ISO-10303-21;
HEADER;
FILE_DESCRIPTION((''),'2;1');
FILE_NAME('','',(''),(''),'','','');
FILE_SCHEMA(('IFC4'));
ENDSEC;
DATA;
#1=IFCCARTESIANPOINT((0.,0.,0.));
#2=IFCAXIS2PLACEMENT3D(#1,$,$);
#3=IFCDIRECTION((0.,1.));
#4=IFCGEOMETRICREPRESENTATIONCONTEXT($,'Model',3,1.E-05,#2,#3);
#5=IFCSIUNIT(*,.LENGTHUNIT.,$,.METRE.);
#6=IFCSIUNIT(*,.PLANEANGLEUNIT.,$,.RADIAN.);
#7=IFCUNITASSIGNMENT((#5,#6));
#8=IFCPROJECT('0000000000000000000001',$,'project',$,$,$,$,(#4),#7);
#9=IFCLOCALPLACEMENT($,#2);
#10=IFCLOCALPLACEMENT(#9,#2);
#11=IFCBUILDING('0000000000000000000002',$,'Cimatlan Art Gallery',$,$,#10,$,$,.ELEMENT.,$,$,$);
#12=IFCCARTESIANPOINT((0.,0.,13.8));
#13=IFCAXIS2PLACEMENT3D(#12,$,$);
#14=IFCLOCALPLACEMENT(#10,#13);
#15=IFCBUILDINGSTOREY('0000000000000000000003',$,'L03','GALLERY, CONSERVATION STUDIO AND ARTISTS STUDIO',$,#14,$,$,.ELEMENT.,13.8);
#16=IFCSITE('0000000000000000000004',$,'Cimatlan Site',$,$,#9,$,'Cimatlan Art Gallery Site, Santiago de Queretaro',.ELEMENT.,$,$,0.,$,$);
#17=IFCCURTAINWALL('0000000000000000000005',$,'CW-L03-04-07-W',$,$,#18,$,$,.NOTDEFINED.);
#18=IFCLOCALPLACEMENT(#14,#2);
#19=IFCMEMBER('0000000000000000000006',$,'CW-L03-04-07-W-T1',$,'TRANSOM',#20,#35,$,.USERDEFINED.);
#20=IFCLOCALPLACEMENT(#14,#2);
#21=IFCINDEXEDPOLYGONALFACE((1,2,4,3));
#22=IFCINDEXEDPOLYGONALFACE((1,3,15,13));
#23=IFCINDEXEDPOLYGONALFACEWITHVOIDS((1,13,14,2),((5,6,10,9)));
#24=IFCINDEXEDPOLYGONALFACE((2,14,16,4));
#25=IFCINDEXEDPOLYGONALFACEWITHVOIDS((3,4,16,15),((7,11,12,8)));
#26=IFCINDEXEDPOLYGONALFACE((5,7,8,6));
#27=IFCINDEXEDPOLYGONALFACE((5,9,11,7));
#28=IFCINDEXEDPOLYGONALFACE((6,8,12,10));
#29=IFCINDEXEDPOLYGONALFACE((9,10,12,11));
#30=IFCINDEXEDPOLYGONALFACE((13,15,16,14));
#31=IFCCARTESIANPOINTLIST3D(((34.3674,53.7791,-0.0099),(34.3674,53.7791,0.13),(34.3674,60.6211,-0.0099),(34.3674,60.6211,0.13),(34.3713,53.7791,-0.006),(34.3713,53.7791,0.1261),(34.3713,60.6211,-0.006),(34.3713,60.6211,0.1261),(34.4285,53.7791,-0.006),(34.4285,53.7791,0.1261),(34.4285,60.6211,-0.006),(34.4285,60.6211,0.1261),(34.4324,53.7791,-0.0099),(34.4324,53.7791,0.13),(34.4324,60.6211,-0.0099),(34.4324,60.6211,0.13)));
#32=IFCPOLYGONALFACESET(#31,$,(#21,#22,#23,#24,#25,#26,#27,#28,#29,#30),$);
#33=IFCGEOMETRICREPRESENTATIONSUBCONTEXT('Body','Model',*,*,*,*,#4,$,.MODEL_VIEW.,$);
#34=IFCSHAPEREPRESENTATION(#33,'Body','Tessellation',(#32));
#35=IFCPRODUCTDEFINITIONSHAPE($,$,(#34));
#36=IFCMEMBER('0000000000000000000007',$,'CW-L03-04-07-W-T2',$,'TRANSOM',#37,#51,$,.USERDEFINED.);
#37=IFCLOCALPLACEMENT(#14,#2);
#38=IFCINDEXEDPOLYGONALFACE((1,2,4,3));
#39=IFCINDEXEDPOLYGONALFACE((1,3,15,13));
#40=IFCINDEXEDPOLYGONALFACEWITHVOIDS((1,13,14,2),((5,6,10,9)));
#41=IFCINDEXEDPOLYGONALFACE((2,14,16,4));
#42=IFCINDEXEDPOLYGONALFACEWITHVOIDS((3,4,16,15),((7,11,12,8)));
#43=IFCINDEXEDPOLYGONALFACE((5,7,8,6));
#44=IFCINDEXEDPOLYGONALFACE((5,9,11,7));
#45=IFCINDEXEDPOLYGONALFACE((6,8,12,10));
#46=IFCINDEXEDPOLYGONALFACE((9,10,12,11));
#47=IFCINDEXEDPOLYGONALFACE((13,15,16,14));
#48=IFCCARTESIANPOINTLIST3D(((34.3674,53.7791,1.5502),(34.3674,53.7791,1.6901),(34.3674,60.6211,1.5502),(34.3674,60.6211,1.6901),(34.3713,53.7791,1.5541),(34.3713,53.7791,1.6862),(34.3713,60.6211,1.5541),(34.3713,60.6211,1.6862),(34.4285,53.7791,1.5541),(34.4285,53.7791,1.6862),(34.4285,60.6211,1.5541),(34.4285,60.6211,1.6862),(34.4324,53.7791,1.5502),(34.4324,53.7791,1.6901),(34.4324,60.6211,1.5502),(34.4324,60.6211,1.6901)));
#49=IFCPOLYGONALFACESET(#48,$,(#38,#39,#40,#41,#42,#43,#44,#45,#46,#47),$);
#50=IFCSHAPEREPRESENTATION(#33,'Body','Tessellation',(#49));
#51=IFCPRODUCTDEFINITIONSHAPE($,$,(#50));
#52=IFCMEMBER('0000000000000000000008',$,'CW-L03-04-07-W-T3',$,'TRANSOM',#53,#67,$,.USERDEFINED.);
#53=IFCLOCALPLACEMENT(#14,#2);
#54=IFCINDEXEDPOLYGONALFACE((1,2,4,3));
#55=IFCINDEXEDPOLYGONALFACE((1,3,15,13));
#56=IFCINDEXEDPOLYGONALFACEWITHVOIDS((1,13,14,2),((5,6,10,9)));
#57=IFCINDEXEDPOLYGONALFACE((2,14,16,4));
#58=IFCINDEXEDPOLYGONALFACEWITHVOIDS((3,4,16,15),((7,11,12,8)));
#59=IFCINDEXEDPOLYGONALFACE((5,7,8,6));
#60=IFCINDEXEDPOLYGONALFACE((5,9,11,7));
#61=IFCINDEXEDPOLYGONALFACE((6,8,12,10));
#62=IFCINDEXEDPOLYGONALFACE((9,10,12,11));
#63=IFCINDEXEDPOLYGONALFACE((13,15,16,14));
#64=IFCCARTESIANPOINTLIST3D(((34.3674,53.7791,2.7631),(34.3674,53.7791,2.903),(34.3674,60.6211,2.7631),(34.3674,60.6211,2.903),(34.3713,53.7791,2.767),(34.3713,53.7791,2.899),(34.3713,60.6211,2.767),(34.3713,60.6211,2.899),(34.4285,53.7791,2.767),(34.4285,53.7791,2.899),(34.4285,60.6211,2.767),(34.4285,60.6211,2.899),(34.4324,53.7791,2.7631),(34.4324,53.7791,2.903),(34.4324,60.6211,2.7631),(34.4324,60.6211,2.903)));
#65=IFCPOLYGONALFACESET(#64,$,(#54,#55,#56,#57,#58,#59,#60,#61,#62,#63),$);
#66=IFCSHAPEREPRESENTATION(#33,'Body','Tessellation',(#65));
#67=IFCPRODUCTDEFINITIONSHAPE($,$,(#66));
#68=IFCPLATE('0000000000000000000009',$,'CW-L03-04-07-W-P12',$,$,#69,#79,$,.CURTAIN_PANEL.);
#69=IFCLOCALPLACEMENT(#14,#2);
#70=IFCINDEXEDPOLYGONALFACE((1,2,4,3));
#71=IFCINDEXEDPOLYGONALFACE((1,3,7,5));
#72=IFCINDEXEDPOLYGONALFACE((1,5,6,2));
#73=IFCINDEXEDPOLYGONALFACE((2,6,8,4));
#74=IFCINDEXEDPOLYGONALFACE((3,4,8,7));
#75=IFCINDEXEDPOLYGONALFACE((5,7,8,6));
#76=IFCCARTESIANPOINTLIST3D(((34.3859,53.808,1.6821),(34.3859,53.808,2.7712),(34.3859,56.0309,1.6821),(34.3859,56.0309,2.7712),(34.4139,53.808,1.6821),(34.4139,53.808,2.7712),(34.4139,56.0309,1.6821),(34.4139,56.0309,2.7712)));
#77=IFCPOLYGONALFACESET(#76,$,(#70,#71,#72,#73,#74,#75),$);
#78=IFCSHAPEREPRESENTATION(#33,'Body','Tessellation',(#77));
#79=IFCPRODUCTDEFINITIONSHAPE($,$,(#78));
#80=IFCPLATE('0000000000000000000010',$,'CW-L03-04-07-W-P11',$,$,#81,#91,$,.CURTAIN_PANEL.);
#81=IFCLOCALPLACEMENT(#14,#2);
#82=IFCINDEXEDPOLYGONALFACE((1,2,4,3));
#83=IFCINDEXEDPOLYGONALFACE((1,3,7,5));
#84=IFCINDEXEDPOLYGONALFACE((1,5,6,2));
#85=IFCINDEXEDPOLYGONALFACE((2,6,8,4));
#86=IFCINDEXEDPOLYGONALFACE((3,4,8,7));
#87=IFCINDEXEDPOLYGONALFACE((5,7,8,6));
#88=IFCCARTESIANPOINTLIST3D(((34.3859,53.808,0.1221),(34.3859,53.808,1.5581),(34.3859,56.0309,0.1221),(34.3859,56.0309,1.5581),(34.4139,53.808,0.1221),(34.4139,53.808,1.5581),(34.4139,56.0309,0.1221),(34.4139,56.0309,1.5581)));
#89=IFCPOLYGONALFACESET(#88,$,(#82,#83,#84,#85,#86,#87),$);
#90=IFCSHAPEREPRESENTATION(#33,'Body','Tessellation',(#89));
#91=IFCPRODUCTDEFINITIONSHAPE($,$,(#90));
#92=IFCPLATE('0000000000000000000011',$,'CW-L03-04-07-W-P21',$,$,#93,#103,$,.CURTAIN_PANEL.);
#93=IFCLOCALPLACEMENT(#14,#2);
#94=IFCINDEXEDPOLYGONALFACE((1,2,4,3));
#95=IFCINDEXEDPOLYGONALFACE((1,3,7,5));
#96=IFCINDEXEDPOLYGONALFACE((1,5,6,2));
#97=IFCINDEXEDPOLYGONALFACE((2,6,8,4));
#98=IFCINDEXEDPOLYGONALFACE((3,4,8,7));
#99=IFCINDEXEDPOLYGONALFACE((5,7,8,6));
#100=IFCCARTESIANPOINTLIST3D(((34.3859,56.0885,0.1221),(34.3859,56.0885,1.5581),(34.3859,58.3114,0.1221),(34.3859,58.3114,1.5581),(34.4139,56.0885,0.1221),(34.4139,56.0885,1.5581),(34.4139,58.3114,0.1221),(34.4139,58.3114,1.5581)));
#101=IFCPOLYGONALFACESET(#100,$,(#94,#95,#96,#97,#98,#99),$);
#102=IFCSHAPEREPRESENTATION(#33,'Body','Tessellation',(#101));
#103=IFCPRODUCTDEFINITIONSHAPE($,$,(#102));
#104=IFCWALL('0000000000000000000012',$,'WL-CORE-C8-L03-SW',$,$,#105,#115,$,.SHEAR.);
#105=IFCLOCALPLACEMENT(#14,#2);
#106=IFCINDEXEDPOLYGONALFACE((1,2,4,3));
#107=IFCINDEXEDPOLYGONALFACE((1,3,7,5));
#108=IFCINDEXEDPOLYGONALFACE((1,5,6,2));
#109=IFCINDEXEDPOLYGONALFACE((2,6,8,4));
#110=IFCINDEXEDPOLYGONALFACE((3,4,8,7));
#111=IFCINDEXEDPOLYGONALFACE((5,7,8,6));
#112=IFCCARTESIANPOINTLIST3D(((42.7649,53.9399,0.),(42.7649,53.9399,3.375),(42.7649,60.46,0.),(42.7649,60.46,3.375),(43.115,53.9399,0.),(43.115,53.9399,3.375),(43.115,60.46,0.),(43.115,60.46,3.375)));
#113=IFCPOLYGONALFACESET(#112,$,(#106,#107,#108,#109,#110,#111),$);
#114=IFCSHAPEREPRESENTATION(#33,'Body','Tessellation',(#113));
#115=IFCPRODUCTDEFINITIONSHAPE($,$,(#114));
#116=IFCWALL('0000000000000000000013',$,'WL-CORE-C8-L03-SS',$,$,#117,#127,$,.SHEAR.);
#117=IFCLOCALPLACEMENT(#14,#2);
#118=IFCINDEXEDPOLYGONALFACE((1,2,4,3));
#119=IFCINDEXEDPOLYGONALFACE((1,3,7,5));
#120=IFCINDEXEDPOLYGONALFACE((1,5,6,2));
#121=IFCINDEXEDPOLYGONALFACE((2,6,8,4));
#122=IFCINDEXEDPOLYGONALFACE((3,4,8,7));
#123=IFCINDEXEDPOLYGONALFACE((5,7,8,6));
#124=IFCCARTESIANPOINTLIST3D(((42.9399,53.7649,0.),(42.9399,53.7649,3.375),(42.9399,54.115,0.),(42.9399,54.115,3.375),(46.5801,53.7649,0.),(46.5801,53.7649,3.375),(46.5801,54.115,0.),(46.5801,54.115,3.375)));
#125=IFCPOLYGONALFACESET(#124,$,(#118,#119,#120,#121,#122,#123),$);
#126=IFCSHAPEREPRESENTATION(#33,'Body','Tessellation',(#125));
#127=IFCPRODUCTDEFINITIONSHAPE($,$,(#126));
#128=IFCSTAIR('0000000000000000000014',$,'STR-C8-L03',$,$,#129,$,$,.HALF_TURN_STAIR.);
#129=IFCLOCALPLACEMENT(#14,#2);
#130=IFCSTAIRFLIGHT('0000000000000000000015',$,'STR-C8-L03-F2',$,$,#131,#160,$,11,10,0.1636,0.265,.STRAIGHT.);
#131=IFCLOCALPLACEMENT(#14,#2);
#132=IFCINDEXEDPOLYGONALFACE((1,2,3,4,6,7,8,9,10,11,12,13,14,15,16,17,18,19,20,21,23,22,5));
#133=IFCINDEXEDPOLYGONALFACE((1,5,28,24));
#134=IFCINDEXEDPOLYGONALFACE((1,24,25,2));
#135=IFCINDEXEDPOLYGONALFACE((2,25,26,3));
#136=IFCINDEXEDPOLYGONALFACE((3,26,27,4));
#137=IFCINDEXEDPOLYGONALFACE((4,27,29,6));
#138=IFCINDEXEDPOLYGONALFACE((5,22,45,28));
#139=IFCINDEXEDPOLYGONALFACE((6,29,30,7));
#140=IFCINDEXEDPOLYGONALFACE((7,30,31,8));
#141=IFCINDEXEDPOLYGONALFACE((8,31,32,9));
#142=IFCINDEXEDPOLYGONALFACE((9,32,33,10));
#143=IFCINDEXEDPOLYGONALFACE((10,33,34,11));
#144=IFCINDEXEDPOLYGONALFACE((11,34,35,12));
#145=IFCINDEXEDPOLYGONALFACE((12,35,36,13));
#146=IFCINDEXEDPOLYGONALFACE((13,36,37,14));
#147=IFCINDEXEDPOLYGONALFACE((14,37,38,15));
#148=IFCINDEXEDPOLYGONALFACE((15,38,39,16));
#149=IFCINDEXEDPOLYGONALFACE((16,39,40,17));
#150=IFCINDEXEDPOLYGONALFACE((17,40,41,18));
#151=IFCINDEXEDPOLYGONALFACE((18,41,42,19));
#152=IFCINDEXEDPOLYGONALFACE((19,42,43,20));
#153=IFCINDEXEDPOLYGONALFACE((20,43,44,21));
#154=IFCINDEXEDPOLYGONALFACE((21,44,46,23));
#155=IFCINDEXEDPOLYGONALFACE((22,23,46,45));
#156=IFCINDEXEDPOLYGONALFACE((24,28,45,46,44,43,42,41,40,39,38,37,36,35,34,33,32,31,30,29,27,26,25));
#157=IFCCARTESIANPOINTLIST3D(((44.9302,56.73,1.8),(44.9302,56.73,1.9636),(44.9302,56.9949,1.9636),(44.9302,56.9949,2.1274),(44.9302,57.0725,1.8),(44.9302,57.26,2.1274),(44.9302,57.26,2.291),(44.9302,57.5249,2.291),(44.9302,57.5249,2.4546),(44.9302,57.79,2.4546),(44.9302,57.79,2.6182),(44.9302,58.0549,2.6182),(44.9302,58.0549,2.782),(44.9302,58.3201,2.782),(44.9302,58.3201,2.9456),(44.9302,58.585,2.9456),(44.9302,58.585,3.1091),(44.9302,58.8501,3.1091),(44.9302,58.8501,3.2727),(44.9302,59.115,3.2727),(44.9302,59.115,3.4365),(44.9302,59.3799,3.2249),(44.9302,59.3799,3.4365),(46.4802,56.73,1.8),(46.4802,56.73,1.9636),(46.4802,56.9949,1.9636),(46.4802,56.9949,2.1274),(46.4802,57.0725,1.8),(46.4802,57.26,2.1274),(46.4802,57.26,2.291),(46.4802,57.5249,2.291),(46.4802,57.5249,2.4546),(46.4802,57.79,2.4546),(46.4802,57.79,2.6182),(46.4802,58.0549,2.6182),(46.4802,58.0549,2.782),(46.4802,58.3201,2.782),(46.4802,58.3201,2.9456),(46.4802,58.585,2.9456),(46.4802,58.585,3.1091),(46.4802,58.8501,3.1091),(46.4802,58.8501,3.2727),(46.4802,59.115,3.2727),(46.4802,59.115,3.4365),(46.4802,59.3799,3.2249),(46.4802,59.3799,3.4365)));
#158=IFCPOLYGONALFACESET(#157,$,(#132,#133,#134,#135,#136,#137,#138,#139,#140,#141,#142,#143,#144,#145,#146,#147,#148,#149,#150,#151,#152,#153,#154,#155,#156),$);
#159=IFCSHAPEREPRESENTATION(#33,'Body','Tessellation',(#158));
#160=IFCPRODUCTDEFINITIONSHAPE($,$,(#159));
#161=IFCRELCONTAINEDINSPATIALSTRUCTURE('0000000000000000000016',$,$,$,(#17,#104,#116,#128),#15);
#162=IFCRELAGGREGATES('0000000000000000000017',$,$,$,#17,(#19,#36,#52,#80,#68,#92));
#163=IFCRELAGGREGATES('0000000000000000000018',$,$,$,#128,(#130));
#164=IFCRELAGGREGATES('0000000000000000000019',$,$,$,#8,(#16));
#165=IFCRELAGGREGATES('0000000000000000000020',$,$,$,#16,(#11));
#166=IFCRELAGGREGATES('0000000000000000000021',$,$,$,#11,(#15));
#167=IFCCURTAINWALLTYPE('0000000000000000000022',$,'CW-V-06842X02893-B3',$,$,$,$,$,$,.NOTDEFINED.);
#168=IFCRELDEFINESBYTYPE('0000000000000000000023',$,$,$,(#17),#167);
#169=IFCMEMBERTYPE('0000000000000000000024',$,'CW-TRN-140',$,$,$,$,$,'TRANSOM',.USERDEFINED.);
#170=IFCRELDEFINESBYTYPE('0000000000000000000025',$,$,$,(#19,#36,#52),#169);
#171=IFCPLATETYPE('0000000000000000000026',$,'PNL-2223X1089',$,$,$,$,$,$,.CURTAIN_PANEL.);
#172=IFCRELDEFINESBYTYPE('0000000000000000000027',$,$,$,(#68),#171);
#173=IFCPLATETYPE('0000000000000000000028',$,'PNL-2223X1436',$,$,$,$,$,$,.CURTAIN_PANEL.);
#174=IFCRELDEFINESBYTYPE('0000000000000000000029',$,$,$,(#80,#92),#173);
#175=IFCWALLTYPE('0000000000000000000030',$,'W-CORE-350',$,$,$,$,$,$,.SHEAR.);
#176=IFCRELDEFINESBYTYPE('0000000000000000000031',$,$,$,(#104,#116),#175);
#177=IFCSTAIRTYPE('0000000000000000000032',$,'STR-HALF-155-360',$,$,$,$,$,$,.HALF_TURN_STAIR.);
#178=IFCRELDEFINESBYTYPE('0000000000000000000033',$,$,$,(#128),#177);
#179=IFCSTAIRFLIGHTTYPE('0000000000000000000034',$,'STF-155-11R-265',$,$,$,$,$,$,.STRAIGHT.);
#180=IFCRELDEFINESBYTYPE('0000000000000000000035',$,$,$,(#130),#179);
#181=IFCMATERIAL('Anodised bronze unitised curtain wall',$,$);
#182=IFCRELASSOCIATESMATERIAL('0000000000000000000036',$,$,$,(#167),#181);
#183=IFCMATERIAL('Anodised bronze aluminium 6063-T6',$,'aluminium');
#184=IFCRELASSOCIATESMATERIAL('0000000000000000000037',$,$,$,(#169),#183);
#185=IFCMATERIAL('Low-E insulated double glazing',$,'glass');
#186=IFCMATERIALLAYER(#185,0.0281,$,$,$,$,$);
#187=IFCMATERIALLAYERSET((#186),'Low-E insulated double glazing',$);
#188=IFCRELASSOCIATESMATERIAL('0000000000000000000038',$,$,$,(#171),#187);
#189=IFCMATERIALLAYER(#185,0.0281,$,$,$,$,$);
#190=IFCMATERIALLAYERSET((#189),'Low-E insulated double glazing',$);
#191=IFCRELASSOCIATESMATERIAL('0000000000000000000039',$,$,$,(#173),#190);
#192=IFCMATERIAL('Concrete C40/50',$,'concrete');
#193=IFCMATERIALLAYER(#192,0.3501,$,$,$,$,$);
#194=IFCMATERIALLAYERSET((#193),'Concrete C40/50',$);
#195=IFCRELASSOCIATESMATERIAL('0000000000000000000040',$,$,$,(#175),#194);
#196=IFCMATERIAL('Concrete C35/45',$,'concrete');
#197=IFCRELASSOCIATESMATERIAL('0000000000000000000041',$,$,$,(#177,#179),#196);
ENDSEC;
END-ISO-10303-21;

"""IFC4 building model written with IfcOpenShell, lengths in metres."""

from ifc_helpers import new_model, si_unit, direction, frame, frame_2d, origin, origin_2d, place, context, subcontext, project, spatial, polyline, rectangle, hollow_rectangle, outline, extrude, material, layer, layer_set, material_profile, profile_set, type_object, element, aggregate, save


model = new_model("IFC4")

# Units and contexts
model_context = context("Model", 3, precision=1e-05, world=origin(), true_north=direction((0.0, 1.0)))
body_context = subcontext(model_context, "Body", "Model", "MODEL_VIEW")
ifc_project = project(units=[si_unit("LENGTHUNIT", "METRE"), si_unit("PLANEANGLEUNIT", "RADIAN")], contexts=[model_context])

# Site, building, storey
site_placement = place(None, origin())
site = spatial("IfcSite", under=ifc_project, at=site_placement, Name="Cimatlan Site", LongName="Cimatlan Art Gallery Site, Santiago de Queretaro", CompositionType="ELEMENT", RefElevation=0.0)
building_placement = place(site_placement, origin())
building = spatial("IfcBuilding", under=site, at=building_placement, Name="Cimatlan Art Gallery", CompositionType="ELEMENT")
storey_placement = place(building_placement, frame((0.0, 0.0, 13.8)))
storey = spatial("IfcBuildingStorey", under=building, at=storey_placement, Name="L03", Description="GALLERY, CONSERVATION STUDIO AND ARTISTS STUDIO", CompositionType="ELEMENT", Elevation=13.8)

# Curtain wall, members, plates
ifc_material_1 = material(Name="Anodised bronze unitised curtain wall")
curtain_wall_type = type_object("IfcCurtainWallType", Name="CW-V-06842X02893-B3", PredefinedType="NOTDEFINED", material=ifc_material_1)
curtain_wall_placement = place(storey_placement, origin())
curtain_wall = element("IfcCurtainWall", 1, at=curtain_wall_placement, inside=storey, type_object=curtain_wall_type, Name="CW-L03-04-07-W", PredefinedType="NOTDEFINED")
ifc_material_2 = material(Name="Anodised bronze aluminium 6063-T6", Category="aluminium")
ifc_material_profile_1 = material_profile(ifc_material_2, hollow_rectangle(XDim=0.0649, YDim=0.1399, WallThickness=0.0039, at=origin_2d()), Name="ALU65X140X4")
ifc_profile_set_1 = profile_set([ifc_material_profile_1], Name="Anodised bronze aluminium 6063-T6")
member_type_1 = type_object("IfcMemberType", Name="CW-TRN-140", ElementType="TRANSOM", PredefinedType="USERDEFINED", material=ifc_profile_set_1)
member_1_placement = place(storey_placement, frame((34.3999, 53.7791, 0.0601), z_axis=(0.0, 1.0, 0.0), x_axis=(-1.0, 0.0, 0.0)))
member_1 = element("IfcMember", 2, at=member_1_placement, type_object=member_type_1, Name="CW-L03-04-07-W-T1", ObjectType="TRANSOM", PredefinedType="USERDEFINED", context=body_context, shape_type="SweptSolid", body=[
    extrude(hollow_rectangle(XDim=0.0649, YDim=0.1399, WallThickness=0.0039, at=origin_2d()), origin(), (0.0, 0.0, 1.0), 6.842),
])
member_2_placement = place(storey_placement, frame((34.3999, 53.7791, 1.6201), z_axis=(0.0, 1.0, 0.0), x_axis=(-1.0, 0.0, 0.0)))
member_2 = element("IfcMember", 3, at=member_2_placement, type_object=member_type_1, Name="CW-L03-04-07-W-T2", ObjectType="TRANSOM", PredefinedType="USERDEFINED", context=body_context, shape_type="SweptSolid", body=[
    extrude(hollow_rectangle(XDim=0.0649, YDim=0.1399, WallThickness=0.0039, at=origin_2d()), origin(), (0.0, 0.0, 1.0), 6.842),
])
member_3_placement = place(storey_placement, frame((34.3999, 53.7791, 2.833), z_axis=(0.0, 1.0, 0.0), x_axis=(-1.0, 0.0, 0.0)))
member_3 = element("IfcMember", 4, at=member_3_placement, type_object=member_type_1, Name="CW-L03-04-07-W-T3", ObjectType="TRANSOM", PredefinedType="USERDEFINED", context=body_context, shape_type="SweptSolid", body=[
    extrude(hollow_rectangle(XDim=0.0649, YDim=0.1399, WallThickness=0.0039, at=origin_2d()), origin(), (0.0, 0.0, 1.0), 6.842),
])
ifc_material_3 = material(Name="Low-E insulated double glazing", Category="glass")
ifc_layer_1 = layer(ifc_material_3, 0.0281)
ifc_layer_set_1 = layer_set([ifc_layer_1], Name="Low-E insulated double glazing")
plate_type_1 = type_object("IfcPlateType", Name="PNL-2223X1089", PredefinedType="CURTAIN_PANEL", material=ifc_layer_set_1)
plate_1_placement = place(storey_placement, frame((34.3999, 54.9194, 1.6821), z_axis=(0.0, 0.0, 1.0), x_axis=(0.0, 1.0, 0.0)))
plate_1 = element("IfcPlate", 5, at=plate_1_placement, type_object=plate_type_1, Name="CW-L03-04-07-W-P12", PredefinedType="CURTAIN_PANEL", context=body_context, shape_type="SweptSolid", body=[
    extrude(rectangle(XDim=2.2229, YDim=0.0281, at=origin_2d()), origin(), (0.0, 0.0, 1.0), 1.0891),
])
ifc_layer_2 = layer(ifc_material_3, 0.0281)
ifc_layer_set_2 = layer_set([ifc_layer_2], Name="Low-E insulated double glazing")
plate_type_2 = type_object("IfcPlateType", Name="PNL-2223X1436", PredefinedType="CURTAIN_PANEL", material=ifc_layer_set_2)
plate_2_placement = place(storey_placement, frame((34.3999, 54.9194, 0.1221), z_axis=(0.0, 0.0, 1.0), x_axis=(0.0, 1.0, 0.0)))
plate_2 = element("IfcPlate", 6, at=plate_2_placement, type_object=plate_type_2, Name="CW-L03-04-07-W-P11", PredefinedType="CURTAIN_PANEL", context=body_context, shape_type="SweptSolid", body=[
    extrude(rectangle(XDim=2.2229, YDim=0.0281, at=origin_2d()), origin(), (0.0, 0.0, 1.0), 1.436),
])
plate_3_placement = place(storey_placement, frame((34.3999, 57.2, 0.1221), z_axis=(0.0, 0.0, 1.0), x_axis=(0.0, 1.0, 0.0)))
plate_3 = element("IfcPlate", 7, at=plate_3_placement, type_object=plate_type_2, Name="CW-L03-04-07-W-P21", PredefinedType="CURTAIN_PANEL", context=body_context, shape_type="SweptSolid", body=[
    extrude(rectangle(XDim=2.2229, YDim=0.0281, at=origin_2d()), origin(), (0.0, 0.0, 1.0), 1.436),
])
aggregate(curtain_wall, [member_1, member_2, member_3, plate_2, plate_1, plate_3])

# Walls
ifc_material_4 = material(Name="Concrete C40/50", Category="concrete")
ifc_layer_3 = layer(ifc_material_4, 0.3501)
ifc_layer_set_3 = layer_set([ifc_layer_3], Name="Concrete C40/50")
wall_type = type_object("IfcWallType", Name="W-CORE-350", PredefinedType="SHEAR", material=ifc_layer_set_3)
wall_1_placement = place(storey_placement, frame((42.9399, 53.9399, 0.0), z_axis=(0.0, 0.0, 1.0), x_axis=(0.0, 1.0, 0.0)))
element("IfcWall", 8, at=wall_1_placement, inside=storey, type_object=wall_type, Name="WL-CORE-C8-L03-SW", PredefinedType="SHEAR", context=body_context, shape_type="SweptSolid", body=[
    extrude(rectangle(XDim=6.52, YDim=0.3501, at=frame_2d((3.26, 0.0))), origin(), (0.0, 0.0, 1.0), 3.375),
])
wall_2_placement = place(storey_placement, frame((42.9399, 53.9399, 0.0), z_axis=(0.0, 0.0, 1.0), x_axis=(1.0, 0.0, 0.0)))
element("IfcWall", 9, at=wall_2_placement, inside=storey, type_object=wall_type, Name="WL-CORE-C8-L03-SS", PredefinedType="SHEAR", context=body_context, shape_type="SweptSolid", body=[
    extrude(rectangle(XDim=3.6401, YDim=0.3501, at=frame_2d((1.8201, 0.0))), origin(), (0.0, 0.0, 1.0), 3.375),
])

# Stair, stair flight
ifc_material_5 = material(Name="Concrete C35/45", Category="concrete")
stair_type = type_object("IfcStairType", Name="STR-HALF-155-360", PredefinedType="HALF_TURN_STAIR", material=ifc_material_5)
stair_placement = place(storey_placement, origin())
stair = element("IfcStair", 10, at=stair_placement, inside=storey, type_object=stair_type, Name="STR-C8-L03", PredefinedType="HALF_TURN_STAIR")
stair_flight_type = type_object("IfcStairFlightType", Name="STF-155-11R-265", PredefinedType="STRAIGHT", material=ifc_material_5)
stair_flight_placement = place(storey_placement, frame((45.7051, 56.73, 1.8), z_axis=(0.0, 0.0, 1.0), x_axis=(0.0, 1.0, 0.0)))
stair_flight = element("IfcStairFlight", 11, at=stair_flight_placement, type_object=stair_flight_type, Name="STR-C8-L03-F2", NumberOfRisers=11, NumberOfTreads=10, PredefinedType="STRAIGHT", RiserHeight=0.1636, TreadLength=0.265, context=body_context, shape_type="SweptSolid", body=[
    extrude(outline(polyline([(0.0, 0.0), (0.0, 0.1636), (0.2649, 0.1636), (0.2649, 0.3274), (0.53, 0.3274), (0.53, 0.491), (0.7949, 0.491), (0.7949, 0.6545), (1.0601, 0.6545), (1.0601, 0.8181), (1.325, 0.8181), (1.325, 0.9819), (1.5901, 0.9819), (1.5901, 1.1455), (1.855, 1.1455), (1.855, 1.3091), (2.1201, 1.3091), (2.1201, 1.4727), (2.385, 1.4727), (2.385, 1.6365), (2.6499, 1.6365), (2.6499, 1.8), (2.6499, 1.4248), (0.3425, 0.0), (0.0, 0.0)])), frame((0.0, 0.7749, 0.0), z_axis=(0.0, -1.0, 0.0), x_axis=(1.0, 0.0, 0.0)), (0.0, 0.0, 1.0), 1.55),
])
aggregate(stair, [stair_flight])

save(model, "model.ifc")
